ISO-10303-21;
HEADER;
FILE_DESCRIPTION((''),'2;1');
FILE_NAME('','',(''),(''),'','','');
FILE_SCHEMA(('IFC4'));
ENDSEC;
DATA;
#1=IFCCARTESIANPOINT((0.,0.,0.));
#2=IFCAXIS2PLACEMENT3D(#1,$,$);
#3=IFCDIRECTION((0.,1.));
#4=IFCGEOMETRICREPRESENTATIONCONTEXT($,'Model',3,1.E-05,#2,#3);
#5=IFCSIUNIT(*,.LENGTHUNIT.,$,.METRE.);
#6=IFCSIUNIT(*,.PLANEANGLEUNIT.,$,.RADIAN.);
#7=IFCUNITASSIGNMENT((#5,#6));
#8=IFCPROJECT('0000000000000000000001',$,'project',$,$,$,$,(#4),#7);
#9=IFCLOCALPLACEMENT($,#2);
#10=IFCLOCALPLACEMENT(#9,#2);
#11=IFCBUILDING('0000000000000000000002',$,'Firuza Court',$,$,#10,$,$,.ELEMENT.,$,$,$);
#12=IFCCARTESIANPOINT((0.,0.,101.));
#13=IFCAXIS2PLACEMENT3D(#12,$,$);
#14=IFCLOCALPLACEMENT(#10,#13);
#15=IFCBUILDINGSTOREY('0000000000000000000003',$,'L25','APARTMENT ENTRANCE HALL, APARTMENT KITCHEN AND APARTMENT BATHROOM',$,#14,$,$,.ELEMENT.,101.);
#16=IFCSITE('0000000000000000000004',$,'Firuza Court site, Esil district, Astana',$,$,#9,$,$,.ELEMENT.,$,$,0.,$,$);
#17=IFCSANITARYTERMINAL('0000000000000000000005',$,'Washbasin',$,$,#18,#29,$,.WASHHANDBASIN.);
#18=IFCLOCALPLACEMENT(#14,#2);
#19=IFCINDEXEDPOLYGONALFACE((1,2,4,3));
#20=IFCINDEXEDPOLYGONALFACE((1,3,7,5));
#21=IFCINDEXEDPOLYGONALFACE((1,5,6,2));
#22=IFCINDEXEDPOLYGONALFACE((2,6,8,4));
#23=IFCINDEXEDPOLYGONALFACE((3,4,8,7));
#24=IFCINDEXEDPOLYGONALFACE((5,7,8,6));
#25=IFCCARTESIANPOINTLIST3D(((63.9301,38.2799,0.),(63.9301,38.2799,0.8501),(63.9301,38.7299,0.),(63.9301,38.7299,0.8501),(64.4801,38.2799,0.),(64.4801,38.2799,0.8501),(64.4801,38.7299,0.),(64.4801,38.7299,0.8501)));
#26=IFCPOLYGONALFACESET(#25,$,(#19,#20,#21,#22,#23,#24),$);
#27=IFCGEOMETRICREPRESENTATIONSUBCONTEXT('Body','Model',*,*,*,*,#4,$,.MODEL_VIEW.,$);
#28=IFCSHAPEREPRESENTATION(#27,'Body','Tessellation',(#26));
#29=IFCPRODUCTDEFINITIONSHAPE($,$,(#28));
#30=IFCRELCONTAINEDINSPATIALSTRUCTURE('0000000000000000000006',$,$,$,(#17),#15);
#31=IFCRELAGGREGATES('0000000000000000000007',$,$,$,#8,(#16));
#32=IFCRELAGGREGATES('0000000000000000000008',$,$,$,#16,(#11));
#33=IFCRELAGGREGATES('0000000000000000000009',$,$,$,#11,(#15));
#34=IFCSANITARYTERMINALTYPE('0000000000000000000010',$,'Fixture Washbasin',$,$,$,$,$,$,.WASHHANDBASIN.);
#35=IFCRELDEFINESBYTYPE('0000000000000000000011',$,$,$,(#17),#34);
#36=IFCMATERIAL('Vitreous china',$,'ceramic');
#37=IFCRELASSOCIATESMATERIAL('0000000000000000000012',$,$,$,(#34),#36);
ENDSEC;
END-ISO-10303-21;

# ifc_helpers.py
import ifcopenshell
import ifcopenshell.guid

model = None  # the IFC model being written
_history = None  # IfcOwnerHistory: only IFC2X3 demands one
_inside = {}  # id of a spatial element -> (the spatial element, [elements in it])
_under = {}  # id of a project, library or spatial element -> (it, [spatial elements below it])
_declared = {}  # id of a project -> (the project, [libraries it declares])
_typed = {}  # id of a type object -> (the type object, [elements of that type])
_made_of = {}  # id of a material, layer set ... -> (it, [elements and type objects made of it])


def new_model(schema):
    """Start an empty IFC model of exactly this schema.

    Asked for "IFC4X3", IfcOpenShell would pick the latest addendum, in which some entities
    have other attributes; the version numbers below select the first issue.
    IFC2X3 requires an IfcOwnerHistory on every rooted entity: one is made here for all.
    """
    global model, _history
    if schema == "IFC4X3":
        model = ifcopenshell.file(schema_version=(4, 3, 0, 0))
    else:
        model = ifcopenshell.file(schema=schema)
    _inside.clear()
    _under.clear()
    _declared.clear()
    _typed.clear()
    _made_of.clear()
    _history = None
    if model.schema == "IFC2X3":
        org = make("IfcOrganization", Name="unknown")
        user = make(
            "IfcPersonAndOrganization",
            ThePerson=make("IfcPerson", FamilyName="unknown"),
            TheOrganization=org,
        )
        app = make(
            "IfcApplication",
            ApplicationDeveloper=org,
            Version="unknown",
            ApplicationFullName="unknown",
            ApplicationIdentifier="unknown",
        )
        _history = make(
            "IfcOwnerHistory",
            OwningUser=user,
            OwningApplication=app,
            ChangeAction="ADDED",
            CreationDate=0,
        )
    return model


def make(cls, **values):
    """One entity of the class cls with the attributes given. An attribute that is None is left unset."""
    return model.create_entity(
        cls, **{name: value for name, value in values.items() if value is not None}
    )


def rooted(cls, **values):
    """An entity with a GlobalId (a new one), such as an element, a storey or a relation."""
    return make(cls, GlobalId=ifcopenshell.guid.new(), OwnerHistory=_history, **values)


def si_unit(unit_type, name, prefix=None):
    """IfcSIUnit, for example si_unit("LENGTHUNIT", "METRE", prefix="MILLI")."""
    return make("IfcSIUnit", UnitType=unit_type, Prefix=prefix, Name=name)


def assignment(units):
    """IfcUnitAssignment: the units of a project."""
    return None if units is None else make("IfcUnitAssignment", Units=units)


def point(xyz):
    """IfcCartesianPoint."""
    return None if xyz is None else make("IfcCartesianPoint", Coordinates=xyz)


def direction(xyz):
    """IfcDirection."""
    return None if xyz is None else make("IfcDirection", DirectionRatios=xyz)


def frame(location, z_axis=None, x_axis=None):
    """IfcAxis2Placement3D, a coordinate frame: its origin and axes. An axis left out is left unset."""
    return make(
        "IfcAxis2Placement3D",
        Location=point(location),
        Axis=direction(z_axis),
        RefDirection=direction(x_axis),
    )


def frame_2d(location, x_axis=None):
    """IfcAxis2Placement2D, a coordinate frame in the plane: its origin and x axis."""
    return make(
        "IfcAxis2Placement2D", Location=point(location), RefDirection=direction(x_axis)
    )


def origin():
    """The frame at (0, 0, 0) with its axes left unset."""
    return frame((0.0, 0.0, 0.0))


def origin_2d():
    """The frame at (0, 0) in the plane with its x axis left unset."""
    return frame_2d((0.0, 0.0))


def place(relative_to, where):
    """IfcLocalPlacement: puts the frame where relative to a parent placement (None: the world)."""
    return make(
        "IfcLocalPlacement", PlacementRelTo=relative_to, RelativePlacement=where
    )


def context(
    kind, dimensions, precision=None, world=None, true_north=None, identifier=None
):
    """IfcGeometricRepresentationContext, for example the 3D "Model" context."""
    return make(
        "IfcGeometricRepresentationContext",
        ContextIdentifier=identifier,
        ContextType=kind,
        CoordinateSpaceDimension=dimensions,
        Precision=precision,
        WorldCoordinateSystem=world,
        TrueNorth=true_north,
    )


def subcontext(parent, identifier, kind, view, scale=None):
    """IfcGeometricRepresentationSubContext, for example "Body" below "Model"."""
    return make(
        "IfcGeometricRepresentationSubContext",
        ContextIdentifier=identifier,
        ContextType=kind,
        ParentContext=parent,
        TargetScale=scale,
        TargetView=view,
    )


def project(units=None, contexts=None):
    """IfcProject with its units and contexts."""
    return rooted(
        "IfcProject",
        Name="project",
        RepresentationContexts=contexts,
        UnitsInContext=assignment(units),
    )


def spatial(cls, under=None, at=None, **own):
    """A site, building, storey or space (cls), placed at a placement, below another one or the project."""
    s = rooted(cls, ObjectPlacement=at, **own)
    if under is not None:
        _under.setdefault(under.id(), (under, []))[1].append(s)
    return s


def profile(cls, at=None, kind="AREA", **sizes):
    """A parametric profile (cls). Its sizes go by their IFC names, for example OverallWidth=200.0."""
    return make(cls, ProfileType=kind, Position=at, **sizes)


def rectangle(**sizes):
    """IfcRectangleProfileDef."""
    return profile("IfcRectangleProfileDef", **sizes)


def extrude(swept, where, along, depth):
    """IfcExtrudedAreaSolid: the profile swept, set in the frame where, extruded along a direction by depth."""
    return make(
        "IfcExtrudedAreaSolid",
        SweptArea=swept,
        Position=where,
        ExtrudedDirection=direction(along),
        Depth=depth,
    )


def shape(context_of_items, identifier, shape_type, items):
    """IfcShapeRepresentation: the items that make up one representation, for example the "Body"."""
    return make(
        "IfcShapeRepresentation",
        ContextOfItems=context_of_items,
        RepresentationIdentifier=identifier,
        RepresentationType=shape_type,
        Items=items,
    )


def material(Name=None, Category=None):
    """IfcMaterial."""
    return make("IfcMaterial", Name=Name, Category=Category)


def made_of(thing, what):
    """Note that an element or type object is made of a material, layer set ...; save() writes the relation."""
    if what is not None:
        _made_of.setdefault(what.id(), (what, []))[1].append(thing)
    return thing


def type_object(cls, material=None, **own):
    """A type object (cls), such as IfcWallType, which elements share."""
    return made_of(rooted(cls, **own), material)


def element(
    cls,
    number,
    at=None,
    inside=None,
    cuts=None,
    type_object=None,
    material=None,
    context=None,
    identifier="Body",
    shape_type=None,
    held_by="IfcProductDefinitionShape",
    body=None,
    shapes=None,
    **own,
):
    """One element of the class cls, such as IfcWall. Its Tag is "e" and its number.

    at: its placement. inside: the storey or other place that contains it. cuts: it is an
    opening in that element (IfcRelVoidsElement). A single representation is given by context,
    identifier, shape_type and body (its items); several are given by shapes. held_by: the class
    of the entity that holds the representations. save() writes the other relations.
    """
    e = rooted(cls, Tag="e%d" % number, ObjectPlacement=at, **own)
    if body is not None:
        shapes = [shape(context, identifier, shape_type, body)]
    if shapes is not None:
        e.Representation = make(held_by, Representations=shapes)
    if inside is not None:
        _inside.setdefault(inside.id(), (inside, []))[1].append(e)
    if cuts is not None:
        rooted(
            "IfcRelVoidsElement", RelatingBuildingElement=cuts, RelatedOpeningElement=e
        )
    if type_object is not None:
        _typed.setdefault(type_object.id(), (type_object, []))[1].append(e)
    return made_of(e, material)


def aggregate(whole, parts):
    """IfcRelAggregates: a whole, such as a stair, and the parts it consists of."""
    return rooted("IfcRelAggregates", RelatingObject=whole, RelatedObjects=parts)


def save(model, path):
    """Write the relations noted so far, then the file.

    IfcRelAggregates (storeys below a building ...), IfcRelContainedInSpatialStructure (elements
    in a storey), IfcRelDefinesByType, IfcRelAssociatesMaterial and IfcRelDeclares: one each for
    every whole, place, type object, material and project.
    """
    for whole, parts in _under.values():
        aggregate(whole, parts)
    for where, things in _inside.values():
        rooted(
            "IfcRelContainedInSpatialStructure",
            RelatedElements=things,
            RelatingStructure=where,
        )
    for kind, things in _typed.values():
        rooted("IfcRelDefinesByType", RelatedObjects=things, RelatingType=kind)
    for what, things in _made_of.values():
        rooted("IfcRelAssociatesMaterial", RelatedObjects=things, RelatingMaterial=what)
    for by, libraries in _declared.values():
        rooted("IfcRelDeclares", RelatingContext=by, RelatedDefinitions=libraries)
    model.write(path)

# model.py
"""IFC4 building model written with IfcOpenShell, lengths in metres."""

from ifc_helpers import new_model, si_unit, direction, frame, origin, origin_2d, place, context, subcontext, project, spatial, rectangle, extrude, material, type_object, element, save


model = new_model("IFC4")

# Units and contexts
model_context = context("Model", 3, precision=1e-05, world=origin(), true_north=direction((0.0, 1.0)))
body_context = subcontext(model_context, "Body", "Model", "MODEL_VIEW")
ifc_project = project(units=[si_unit("LENGTHUNIT", "METRE"), si_unit("PLANEANGLEUNIT", "RADIAN")], contexts=[model_context])

# Site, building, storey
site_placement = place(None, origin())
site = spatial("IfcSite", under=ifc_project, at=site_placement, Name="Firuza Court site, Esil district, Astana", CompositionType="ELEMENT", RefElevation=0.0)
building_placement = place(site_placement, origin())
building = spatial("IfcBuilding", under=site, at=building_placement, Name="Firuza Court", CompositionType="ELEMENT")
storey_placement = place(building_placement, frame((0.0, 0.0, 101.0)))
storey = spatial("IfcBuildingStorey", under=building, at=storey_placement, Name="L25", Description="APARTMENT ENTRANCE HALL, APARTMENT KITCHEN AND APARTMENT BATHROOM", CompositionType="ELEMENT", Elevation=101.0)

# Sanitary terminal
ifc_material_1 = material(Name="Vitreous china", Category="ceramic")
sanitary_terminal_type_1 = type_object("IfcSanitaryTerminalType", Name="Fixture Washbasin", PredefinedType="WASHHANDBASIN", material=ifc_material_1)
sanitary_terminal_1_placement = place(storey_placement, frame((64.2051, 38.5049, 0.0), z_axis=(0.0, 0.0, 1.0), x_axis=(1.0, 0.0, 0.0)))
element("IfcSanitaryTerminal", 1, at=sanitary_terminal_1_placement, inside=storey, type_object=sanitary_terminal_type_1, Name="Washbasin", PredefinedType="WASHHANDBASIN", context=body_context, shape_type="SweptSolid", body=[
    extrude(rectangle(XDim=0.55, YDim=0.45, at=origin_2d()), origin(), (0.0, 0.0, 1.0), 0.8501),
])

save(model, "model.ifc")
